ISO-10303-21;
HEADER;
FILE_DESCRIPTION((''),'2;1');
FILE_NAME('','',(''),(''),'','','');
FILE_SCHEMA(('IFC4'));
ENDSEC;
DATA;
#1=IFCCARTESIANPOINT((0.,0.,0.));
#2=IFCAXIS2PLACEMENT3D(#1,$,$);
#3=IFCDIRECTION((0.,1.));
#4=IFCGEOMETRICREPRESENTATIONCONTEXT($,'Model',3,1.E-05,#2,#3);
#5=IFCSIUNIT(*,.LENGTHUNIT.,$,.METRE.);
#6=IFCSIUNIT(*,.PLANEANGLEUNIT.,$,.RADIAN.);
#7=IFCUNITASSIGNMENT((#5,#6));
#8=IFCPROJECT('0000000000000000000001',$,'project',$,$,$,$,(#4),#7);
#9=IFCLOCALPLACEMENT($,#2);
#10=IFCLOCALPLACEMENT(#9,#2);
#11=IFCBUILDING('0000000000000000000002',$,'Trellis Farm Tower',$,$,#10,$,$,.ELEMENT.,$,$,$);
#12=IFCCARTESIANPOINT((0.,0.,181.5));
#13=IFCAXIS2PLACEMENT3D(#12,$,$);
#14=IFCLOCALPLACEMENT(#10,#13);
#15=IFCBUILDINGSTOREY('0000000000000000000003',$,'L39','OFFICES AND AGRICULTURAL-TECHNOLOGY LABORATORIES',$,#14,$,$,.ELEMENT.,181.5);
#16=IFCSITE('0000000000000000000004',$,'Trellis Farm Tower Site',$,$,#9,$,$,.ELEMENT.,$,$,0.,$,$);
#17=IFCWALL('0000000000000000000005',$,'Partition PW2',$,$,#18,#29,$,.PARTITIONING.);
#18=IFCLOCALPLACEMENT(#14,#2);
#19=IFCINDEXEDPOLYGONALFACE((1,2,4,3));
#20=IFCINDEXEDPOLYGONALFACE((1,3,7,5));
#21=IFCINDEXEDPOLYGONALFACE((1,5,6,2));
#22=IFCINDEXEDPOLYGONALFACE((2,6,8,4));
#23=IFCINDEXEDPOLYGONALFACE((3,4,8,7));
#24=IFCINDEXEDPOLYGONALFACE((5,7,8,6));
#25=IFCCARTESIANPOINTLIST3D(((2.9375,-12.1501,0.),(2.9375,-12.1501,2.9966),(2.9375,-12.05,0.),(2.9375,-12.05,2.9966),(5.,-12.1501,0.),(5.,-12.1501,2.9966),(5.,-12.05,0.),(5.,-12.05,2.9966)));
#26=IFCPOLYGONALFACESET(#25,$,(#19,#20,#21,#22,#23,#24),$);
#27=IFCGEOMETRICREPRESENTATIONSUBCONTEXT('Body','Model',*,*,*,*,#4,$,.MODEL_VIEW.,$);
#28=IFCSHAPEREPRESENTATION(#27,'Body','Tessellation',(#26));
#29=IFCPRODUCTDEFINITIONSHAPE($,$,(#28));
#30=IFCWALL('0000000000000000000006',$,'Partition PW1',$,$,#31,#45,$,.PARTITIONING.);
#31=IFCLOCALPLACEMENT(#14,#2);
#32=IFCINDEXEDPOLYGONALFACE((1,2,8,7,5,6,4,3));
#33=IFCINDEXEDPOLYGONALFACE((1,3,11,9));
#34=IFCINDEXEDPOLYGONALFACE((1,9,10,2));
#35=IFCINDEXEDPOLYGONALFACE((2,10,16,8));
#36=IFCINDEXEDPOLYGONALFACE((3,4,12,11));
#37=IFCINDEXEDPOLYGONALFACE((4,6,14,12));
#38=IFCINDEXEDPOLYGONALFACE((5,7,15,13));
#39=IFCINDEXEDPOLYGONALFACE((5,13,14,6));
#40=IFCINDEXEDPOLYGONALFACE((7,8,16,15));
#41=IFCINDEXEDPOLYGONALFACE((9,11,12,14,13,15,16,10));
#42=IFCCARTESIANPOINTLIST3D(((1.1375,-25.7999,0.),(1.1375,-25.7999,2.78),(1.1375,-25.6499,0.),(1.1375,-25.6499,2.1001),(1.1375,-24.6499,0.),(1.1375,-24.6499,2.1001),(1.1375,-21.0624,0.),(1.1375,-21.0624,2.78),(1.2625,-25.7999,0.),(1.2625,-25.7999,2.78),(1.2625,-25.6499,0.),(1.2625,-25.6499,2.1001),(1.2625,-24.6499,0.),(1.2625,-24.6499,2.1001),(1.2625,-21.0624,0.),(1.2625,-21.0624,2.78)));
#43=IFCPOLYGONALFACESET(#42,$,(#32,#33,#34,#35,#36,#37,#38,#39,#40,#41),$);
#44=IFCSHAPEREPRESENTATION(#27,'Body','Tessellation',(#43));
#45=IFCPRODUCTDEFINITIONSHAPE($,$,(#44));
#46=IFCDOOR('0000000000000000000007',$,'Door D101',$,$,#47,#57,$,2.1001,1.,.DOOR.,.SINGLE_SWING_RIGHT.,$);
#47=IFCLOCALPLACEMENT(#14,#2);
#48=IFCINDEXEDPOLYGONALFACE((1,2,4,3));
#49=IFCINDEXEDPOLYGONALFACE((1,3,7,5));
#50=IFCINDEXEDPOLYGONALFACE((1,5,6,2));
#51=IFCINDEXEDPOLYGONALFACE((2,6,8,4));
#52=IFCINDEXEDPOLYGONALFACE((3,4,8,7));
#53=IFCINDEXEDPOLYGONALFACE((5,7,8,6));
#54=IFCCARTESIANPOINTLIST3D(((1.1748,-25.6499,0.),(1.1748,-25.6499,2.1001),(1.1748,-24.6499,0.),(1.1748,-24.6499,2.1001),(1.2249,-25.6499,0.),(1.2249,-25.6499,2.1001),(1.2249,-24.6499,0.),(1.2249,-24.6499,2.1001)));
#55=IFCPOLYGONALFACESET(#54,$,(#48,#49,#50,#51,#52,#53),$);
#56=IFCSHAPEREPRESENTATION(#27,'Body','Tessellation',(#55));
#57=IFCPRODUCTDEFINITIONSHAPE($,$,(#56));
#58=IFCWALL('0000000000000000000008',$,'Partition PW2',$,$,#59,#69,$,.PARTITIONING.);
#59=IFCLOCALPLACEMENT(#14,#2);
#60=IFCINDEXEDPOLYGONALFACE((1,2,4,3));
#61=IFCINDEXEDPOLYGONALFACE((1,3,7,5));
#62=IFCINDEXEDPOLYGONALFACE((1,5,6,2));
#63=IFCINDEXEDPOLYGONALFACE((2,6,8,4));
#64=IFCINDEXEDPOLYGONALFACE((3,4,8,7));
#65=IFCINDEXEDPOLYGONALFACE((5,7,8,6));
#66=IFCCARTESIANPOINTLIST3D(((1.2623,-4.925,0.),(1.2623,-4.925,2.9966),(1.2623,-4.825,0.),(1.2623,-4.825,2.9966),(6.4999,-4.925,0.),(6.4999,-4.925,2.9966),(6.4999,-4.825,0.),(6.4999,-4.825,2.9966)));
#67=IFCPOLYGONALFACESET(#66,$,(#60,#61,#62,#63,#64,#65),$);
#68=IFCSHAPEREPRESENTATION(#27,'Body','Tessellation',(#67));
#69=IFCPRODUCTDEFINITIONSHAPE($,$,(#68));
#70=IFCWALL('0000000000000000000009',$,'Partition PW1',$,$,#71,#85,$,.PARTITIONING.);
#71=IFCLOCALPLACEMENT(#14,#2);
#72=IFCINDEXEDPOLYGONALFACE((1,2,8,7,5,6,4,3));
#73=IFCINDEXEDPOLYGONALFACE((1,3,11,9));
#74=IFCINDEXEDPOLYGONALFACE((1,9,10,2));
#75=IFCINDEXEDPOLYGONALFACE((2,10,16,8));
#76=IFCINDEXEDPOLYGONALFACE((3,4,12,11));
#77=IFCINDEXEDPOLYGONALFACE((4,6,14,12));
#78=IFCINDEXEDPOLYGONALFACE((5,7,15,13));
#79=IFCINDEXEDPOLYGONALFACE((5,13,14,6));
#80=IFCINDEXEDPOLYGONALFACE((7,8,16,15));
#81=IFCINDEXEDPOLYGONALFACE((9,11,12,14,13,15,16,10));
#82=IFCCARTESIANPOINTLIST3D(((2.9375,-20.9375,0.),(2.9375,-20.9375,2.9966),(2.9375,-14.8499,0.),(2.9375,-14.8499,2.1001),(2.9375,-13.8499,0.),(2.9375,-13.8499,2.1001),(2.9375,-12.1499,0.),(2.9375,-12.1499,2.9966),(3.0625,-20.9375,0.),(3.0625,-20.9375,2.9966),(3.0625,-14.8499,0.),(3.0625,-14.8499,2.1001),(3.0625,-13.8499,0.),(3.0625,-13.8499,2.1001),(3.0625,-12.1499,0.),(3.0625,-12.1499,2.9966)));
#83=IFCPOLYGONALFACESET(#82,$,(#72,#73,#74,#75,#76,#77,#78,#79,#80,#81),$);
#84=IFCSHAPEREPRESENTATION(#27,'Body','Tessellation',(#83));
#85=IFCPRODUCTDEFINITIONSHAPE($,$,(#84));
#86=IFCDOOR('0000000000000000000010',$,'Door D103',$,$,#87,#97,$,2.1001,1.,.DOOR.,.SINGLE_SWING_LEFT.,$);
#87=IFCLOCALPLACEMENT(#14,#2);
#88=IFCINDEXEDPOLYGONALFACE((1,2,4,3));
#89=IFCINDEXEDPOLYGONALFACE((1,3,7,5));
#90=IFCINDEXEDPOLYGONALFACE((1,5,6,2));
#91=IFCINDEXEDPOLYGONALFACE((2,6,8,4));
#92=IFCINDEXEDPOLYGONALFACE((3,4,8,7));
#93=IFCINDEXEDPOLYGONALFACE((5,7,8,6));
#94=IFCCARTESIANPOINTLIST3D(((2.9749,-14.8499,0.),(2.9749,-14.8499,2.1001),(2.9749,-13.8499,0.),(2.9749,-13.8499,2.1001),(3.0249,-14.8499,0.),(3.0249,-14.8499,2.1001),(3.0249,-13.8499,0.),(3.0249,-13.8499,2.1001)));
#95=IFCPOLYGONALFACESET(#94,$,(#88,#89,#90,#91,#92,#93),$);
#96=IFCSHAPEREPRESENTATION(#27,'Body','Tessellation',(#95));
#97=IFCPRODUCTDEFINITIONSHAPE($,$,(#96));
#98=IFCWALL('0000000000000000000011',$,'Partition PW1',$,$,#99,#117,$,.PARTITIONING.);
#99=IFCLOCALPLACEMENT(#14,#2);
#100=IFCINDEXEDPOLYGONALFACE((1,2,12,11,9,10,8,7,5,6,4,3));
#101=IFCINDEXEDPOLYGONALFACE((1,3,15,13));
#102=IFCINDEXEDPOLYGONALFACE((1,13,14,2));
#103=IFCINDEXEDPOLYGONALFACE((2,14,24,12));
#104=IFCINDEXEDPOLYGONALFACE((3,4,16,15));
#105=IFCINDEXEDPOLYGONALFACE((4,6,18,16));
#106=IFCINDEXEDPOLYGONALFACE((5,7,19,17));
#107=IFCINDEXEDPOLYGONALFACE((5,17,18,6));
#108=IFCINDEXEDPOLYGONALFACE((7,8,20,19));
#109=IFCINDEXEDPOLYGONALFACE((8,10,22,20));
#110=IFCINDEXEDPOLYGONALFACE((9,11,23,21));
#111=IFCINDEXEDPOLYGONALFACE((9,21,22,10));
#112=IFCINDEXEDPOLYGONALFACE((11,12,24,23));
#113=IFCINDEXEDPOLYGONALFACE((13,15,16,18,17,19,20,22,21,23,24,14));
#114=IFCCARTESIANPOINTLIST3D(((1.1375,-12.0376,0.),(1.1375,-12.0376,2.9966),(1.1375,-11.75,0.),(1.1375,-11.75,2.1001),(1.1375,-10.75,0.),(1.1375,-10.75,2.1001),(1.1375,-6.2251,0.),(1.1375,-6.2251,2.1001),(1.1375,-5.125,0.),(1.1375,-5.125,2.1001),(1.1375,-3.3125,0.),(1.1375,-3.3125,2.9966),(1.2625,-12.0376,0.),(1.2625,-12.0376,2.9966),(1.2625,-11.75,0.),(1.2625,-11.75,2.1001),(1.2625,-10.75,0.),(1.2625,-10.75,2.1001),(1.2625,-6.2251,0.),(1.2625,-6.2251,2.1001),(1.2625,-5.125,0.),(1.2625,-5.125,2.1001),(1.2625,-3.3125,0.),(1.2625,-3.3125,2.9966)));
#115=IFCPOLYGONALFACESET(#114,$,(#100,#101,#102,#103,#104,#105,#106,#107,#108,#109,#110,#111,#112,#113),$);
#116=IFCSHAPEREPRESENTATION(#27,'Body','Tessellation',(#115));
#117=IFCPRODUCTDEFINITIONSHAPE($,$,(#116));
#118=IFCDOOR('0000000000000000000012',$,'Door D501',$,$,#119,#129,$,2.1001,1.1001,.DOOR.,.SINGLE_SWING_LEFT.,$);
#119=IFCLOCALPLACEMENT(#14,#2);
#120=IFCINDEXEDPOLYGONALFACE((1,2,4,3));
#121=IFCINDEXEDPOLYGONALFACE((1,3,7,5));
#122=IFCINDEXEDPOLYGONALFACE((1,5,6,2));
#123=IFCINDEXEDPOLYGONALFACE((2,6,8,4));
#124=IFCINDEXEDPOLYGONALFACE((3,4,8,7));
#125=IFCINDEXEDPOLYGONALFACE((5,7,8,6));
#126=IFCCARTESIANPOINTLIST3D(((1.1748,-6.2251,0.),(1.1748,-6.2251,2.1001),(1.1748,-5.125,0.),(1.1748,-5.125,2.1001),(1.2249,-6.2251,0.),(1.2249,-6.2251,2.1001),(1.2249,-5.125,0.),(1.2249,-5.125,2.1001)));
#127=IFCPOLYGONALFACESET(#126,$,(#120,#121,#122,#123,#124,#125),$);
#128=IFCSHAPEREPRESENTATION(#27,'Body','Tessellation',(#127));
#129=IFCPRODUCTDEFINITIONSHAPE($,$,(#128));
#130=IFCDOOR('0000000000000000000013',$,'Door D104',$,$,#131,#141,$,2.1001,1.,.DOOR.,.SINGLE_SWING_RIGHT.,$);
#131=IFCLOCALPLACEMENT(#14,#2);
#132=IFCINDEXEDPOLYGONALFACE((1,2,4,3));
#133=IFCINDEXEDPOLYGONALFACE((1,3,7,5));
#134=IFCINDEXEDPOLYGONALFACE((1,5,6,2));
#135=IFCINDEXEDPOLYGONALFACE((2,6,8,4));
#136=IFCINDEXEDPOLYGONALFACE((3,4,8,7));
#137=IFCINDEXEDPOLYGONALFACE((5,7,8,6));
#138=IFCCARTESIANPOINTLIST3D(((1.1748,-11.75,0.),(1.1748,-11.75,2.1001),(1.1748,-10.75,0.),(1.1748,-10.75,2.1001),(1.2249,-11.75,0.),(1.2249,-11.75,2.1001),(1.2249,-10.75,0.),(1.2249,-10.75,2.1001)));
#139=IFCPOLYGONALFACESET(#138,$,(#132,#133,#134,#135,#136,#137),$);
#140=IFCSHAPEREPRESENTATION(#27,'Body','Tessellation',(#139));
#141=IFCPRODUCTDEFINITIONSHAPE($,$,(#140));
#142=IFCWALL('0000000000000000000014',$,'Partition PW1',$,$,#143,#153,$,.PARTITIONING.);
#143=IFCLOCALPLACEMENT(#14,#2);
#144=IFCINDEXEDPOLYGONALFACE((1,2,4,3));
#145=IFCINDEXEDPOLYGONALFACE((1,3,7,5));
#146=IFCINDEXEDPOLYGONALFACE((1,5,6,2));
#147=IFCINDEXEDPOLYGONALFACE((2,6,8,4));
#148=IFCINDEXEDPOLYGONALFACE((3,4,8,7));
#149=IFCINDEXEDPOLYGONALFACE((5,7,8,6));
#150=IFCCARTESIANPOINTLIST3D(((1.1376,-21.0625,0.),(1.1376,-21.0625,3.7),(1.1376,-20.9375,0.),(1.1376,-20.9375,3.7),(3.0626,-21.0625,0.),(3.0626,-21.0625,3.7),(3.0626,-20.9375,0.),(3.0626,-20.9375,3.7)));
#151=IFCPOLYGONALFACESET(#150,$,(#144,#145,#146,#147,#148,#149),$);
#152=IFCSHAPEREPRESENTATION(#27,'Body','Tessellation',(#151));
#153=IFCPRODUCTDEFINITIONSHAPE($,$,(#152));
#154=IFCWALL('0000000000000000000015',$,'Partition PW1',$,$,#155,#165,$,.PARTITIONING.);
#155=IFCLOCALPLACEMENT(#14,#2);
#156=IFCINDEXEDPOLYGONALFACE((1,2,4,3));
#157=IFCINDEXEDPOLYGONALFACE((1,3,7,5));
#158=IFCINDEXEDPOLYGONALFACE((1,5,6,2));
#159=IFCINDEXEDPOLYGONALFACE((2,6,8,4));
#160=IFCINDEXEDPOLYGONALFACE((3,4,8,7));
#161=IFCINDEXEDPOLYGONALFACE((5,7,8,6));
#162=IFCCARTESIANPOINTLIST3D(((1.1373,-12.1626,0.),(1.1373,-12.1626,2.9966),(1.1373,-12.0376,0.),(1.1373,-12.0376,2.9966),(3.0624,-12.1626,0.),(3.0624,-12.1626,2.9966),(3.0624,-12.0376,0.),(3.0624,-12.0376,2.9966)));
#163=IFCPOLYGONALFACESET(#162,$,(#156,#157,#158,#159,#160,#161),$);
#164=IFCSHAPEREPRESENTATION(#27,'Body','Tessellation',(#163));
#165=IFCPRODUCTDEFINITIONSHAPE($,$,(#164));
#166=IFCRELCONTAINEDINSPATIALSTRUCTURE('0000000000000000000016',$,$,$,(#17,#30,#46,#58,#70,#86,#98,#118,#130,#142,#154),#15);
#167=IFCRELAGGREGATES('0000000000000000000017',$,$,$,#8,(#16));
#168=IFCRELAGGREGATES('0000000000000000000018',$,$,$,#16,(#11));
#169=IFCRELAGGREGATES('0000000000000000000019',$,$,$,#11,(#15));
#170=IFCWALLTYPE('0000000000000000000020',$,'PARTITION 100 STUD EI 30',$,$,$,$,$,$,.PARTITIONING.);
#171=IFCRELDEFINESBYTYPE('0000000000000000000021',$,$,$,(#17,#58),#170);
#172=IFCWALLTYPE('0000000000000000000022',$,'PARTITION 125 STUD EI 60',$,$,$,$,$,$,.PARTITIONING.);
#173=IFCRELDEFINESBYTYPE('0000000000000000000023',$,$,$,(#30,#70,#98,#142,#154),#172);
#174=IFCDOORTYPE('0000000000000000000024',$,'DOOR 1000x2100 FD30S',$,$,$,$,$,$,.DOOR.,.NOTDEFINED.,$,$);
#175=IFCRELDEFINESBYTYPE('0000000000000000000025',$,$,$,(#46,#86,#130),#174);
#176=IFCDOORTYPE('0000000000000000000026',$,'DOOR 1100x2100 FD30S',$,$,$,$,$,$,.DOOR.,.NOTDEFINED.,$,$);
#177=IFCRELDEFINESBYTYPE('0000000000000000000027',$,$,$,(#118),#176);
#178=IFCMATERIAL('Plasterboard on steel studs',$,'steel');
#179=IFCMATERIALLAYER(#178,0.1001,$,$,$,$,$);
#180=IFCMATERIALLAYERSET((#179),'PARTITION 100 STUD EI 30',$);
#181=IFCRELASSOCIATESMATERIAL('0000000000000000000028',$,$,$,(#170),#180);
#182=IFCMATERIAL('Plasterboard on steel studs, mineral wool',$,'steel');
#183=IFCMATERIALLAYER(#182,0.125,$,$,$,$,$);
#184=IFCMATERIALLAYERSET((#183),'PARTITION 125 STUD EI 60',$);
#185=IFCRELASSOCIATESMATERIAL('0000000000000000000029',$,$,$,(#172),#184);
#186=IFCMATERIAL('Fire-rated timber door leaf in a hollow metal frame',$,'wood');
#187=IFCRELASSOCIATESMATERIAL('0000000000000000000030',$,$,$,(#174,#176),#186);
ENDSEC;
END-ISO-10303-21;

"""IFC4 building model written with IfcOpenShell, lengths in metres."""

from ifc_helpers import new_model, si_unit, direction, frame, frame_2d, origin, place, context, subcontext, project, spatial, rectangle, extrude, source, transform, mapped, material, layer, layer_set, type_object, element, fill, save


model = new_model("IFC4")

# Units and contexts
model_context = context("Model", 3, precision=1e-05, world=origin(), true_north=direction((0.0, 1.0)))
body_context = subcontext(model_context, "Body", "Model", "MODEL_VIEW")
ifc_project = project(units=[si_unit("LENGTHUNIT", "METRE"), si_unit("PLANEANGLEUNIT", "RADIAN")], contexts=[model_context])

# Site, building, storey
site_placement = place(None, origin())
site = spatial("IfcSite", under=ifc_project, at=site_placement, Name="Trellis Farm Tower Site", CompositionType="ELEMENT", RefElevation=0.0)
building_placement = place(site_placement, origin())
building = spatial("IfcBuilding", under=site, at=building_placement, Name="Trellis Farm Tower", CompositionType="ELEMENT")
storey_placement = place(building_placement, frame((0.0, 0.0, 181.5)))
storey = spatial("IfcBuildingStorey", under=building, at=storey_placement, Name="L39", Description="OFFICES AND AGRICULTURAL-TECHNOLOGY LABORATORIES", CompositionType="ELEMENT", Elevation=181.5)

# Wall
ifc_material_1 = material(Name="Plasterboard on steel studs", Category="steel")
ifc_layer_1 = layer(ifc_material_1, 0.1001)
ifc_layer_set_1 = layer_set([ifc_layer_1], Name="PARTITION 100 STUD EI 30")
wall_type_1 = type_object("IfcWallType", Name="PARTITION 100 STUD EI 30", PredefinedType="PARTITIONING", material=ifc_layer_set_1)
shared_shape_1 = source(origin(), body_context, "Body", "SweptSolid", [
    extrude(rectangle(XDim=2.0625, YDim=0.1001, at=frame_2d((1.0312, 0.0))), origin(), (0.0, 0.0, 1.0), 2.9966),
])
wall_1_placement = place(storey_placement, frame((2.9375, -12.1001, 0.0), z_axis=(0.0, 0.0, 1.0), x_axis=(1.0, 0.0, 0.0)))
element("IfcWall", 1, at=wall_1_placement, inside=storey, type_object=wall_type_1, Name="Partition PW2", PredefinedType="PARTITIONING", context=body_context, shape_type="MappedRepresentation", body=[
    mapped(shared_shape_1, transform((0.0, 0.0, 0.0))),
])

# Wall, opening, door
ifc_material_2 = material(Name="Plasterboard on steel studs, mineral wool", Category="steel")
ifc_layer_2 = layer(ifc_material_2, 0.125)
ifc_layer_set_2 = layer_set([ifc_layer_2], Name="PARTITION 125 STUD EI 60")
wall_type_2 = type_object("IfcWallType", Name="PARTITION 125 STUD EI 60", PredefinedType="PARTITIONING", material=ifc_layer_set_2)
shared_shape_2 = source(origin(), body_context, "Body", "SweptSolid", [
    extrude(rectangle(XDim=4.7375, YDim=0.125, at=frame_2d((2.3687, 0.0))), origin(), (0.0, 0.0, 1.0), 2.78),
])
wall_2_placement = place(storey_placement, frame((1.2, -21.0625, 0.0), z_axis=(0.0, 0.0, 1.0), x_axis=(0.0, -1.0, 0.0)))
wall_2 = element("IfcWall", 2, at=wall_2_placement, inside=storey, type_object=wall_type_2, Name="Partition PW1", PredefinedType="PARTITIONING", context=body_context, shape_type="MappedRepresentation", body=[
    mapped(shared_shape_2, transform((0.0, 0.0, 0.0))),
])
shared_shape_3 = source(origin(), body_context, "Body", "SweptSolid", [
    extrude(rectangle(XDim=1.0, YDim=2.1001, at=frame_2d((0.5, 1.05))), frame((0.0, 0.0725, 0.0), z_axis=(0.0, -1.0, 0.0), x_axis=(1.0, 0.0, 0.0)), (0.0, 0.0, 1.0), 0.145),
])
opening_1_placement = place(wall_2_placement, frame((3.5874, 0.0, 0.0)))
opening_1 = element("IfcOpeningElement", 3, at=opening_1_placement, cuts=wall_2, PredefinedType="OPENING", context=body_context, shape_type="MappedRepresentation", body=[
    mapped(shared_shape_3, transform((0.0, 0.0, 0.0))),
])
ifc_material_3 = material(Name="Fire-rated timber door leaf in a hollow metal frame", Category="wood")
door_type_1 = type_object("IfcDoorType", Name="DOOR 1000x2100 FD30S", OperationType="NOTDEFINED", PredefinedType="DOOR", material=ifc_material_3)
shared_shape_4 = source(origin(), body_context, "Body", "SweptSolid", [
    extrude(rectangle(XDim=1.0, YDim=2.1001, at=frame_2d((0.5, 1.05))), frame((0.0, 0.0249, 0.0), z_axis=(0.0, -1.0, 0.0), x_axis=(1.0, 0.0, 0.0)), (0.0, 0.0, 1.0), 0.05),
])
door_1_placement = place(opening_1_placement, origin())
door_1 = element("IfcDoor", 4, at=door_1_placement, inside=storey, type_object=door_type_1, Name="Door D101", OperationType="SINGLE_SWING_RIGHT", OverallHeight=2.1001, OverallWidth=1.0, PredefinedType="DOOR", context=body_context, shape_type="MappedRepresentation", body=[
    mapped(shared_shape_4, transform((0.0, 0.0, 0.0))),
])
fill(opening_1, door_1)

# Wall
shared_shape_5 = source(origin(), body_context, "Body", "SweptSolid", [
    extrude(rectangle(XDim=5.2375, YDim=0.1001, at=frame_2d((2.6187, 0.0))), origin(), (0.0, 0.0, 1.0), 2.9966),
])
wall_3_placement = place(storey_placement, frame((1.2625, -4.875, 0.0), z_axis=(0.0, 0.0, 1.0), x_axis=(1.0, 0.0, 0.0)))
element("IfcWall", 5, at=wall_3_placement, inside=storey, type_object=wall_type_1, Name="Partition PW2", PredefinedType="PARTITIONING", context=body_context, shape_type="MappedRepresentation", body=[
    mapped(shared_shape_5, transform((0.0, 0.0, 0.0))),
])

# Wall, opening, door
shared_shape_6 = source(origin(), body_context, "Body", "SweptSolid", [
    extrude(rectangle(XDim=8.7876, YDim=0.125, at=frame_2d((4.3938, 0.0))), origin(), (0.0, 0.0, 1.0), 2.9966),
])
wall_4_placement = place(storey_placement, frame((3.0, -12.1499, 0.0), z_axis=(0.0, 0.0, 1.0), x_axis=(0.0, -1.0, 0.0)))
wall_4 = element("IfcWall", 6, at=wall_4_placement, inside=storey, type_object=wall_type_2, Name="Partition PW1", PredefinedType="PARTITIONING", context=body_context, shape_type="MappedRepresentation", body=[
    mapped(shared_shape_6, transform((0.0, 0.0, 0.0))),
])
opening_2_placement = place(wall_4_placement, frame((1.7, 0.0, 0.0)))
opening_2 = element("IfcOpeningElement", 7, at=opening_2_placement, cuts=wall_4, PredefinedType="OPENING", context=body_context, shape_type="MappedRepresentation", body=[
    mapped(shared_shape_3, transform((0.0, 0.0, 0.0))),
])
door_2_placement = place(opening_2_placement, origin())
door_2 = element("IfcDoor", 8, at=door_2_placement, inside=storey, type_object=door_type_1, Name="Door D103", OperationType="SINGLE_SWING_LEFT", OverallHeight=2.1001, OverallWidth=1.0, PredefinedType="DOOR", context=body_context, shape_type="MappedRepresentation", body=[
    mapped(shared_shape_4, transform((0.0, 0.0, 0.0))),
])
fill(opening_2, door_2)

# Wall, openings, doors
shared_shape_7 = source(origin(), body_context, "Body", "SweptSolid", [
    extrude(rectangle(XDim=8.7251, YDim=0.125, at=frame_2d((4.3625, 0.0))), origin(), (0.0, 0.0, 1.0), 2.9966),
])
wall_5_placement = place(storey_placement, frame((1.2, -3.3125, 0.0), z_axis=(0.0, 0.0, 1.0), x_axis=(0.0, -1.0, 0.0)))
wall_5 = element("IfcWall", 9, at=wall_5_placement, inside=storey, type_object=wall_type_2, Name="Partition PW1", PredefinedType="PARTITIONING", context=body_context, shape_type="MappedRepresentation", body=[
    mapped(shared_shape_7, transform((0.0, 0.0, 0.0))),
])
opening_3_placement = place(wall_5_placement, frame((7.4375, 0.0, 0.0)))
opening_3 = element("IfcOpeningElement", 10, at=opening_3_placement, cuts=wall_5, PredefinedType="OPENING", context=body_context, shape_type="MappedRepresentation", body=[
    mapped(shared_shape_3, transform((0.0, 0.0, 0.0))),
])
shared_shape_8 = source(origin(), body_context, "Body", "SweptSolid", [
    extrude(rectangle(XDim=1.1001, YDim=2.1001, at=frame_2d((0.55, 1.05))), frame((0.0, 0.0725, 0.0), z_axis=(0.0, -1.0, 0.0), x_axis=(1.0, 0.0, 0.0)), (0.0, 0.0, 1.0), 0.145),
])
opening_4_placement = place(wall_5_placement, frame((1.8125, 0.0, 0.0)))
opening_4 = element("IfcOpeningElement", 11, at=opening_4_placement, cuts=wall_5, PredefinedType="OPENING", context=body_context, shape_type="MappedRepresentation", body=[
    mapped(shared_shape_8, transform((0.0, 0.0, 0.0))),
])
door_type_2 = type_object("IfcDoorType", Name="DOOR 1100x2100 FD30S", OperationType="NOTDEFINED", PredefinedType="DOOR", material=ifc_material_3)
shared_shape_9 = source(origin(), body_context, "Body", "SweptSolid", [
    extrude(rectangle(XDim=1.1001, YDim=2.1001, at=frame_2d((0.55, 1.05))), frame((0.0, 0.0249, 0.0), z_axis=(0.0, -1.0, 0.0), x_axis=(1.0, 0.0, 0.0)), (0.0, 0.0, 1.0), 0.05),
])
door_3_placement = place(opening_4_placement, origin())
door_3 = element("IfcDoor", 12, at=door_3_placement, inside=storey, type_object=door_type_2, Name="Door D501", OperationType="SINGLE_SWING_LEFT", OverallHeight=2.1001, OverallWidth=1.1001, PredefinedType="DOOR", context=body_context, shape_type="MappedRepresentation", body=[
    mapped(shared_shape_9, transform((0.0, 0.0, 0.0))),
])
fill(opening_4, door_3)
door_4_placement = place(opening_3_placement, origin())
door_4 = element("IfcDoor", 13, at=door_4_placement, inside=storey, type_object=door_type_1, Name="Door D104", OperationType="SINGLE_SWING_RIGHT", OverallHeight=2.1001, OverallWidth=1.0, PredefinedType="DOOR", context=body_context, shape_type="MappedRepresentation", body=[
    mapped(shared_shape_4, transform((0.0, 0.0, 0.0))),
])
fill(opening_3, door_4)

# Walls
shared_shape_10 = source(origin(), body_context, "Body", "SweptSolid", [
    extrude(rectangle(XDim=1.925, YDim=0.125, at=frame_2d((0.9624, 0.0))), origin(), (0.0, 0.0, 1.0), 3.7),
])
wall_6_placement = place(storey_placement, frame((3.0625, -21.0, 0.0), z_axis=(0.0, 0.0, 1.0), x_axis=(-1.0, 0.0, 0.0)))
element("IfcWall", 14, at=wall_6_placement, inside=storey, type_object=wall_type_2, Name="Partition PW1", PredefinedType="PARTITIONING", context=body_context, shape_type="MappedRepresentation", body=[
    mapped(shared_shape_10, transform((0.0, 0.0, 0.0))),
])
shared_shape_11 = source(origin(), body_context, "Body", "SweptSolid", [
    extrude(rectangle(XDim=1.925, YDim=0.125, at=frame_2d((0.9624, 0.0))), origin(), (0.0, 0.0, 1.0), 2.9966),
])
wall_7_placement = place(storey_placement, frame((1.1375, -12.1001, 0.0), z_axis=(0.0, 0.0, 1.0), x_axis=(1.0, 0.0, 0.0)))
element("IfcWall", 15, at=wall_7_placement, inside=storey, type_object=wall_type_2, Name="Partition PW1", PredefinedType="PARTITIONING", context=body_context, shape_type="MappedRepresentation", body=[
    mapped(shared_shape_11, transform((0.0, 0.0, 0.0))),
])

save(model, "model.ifc")
